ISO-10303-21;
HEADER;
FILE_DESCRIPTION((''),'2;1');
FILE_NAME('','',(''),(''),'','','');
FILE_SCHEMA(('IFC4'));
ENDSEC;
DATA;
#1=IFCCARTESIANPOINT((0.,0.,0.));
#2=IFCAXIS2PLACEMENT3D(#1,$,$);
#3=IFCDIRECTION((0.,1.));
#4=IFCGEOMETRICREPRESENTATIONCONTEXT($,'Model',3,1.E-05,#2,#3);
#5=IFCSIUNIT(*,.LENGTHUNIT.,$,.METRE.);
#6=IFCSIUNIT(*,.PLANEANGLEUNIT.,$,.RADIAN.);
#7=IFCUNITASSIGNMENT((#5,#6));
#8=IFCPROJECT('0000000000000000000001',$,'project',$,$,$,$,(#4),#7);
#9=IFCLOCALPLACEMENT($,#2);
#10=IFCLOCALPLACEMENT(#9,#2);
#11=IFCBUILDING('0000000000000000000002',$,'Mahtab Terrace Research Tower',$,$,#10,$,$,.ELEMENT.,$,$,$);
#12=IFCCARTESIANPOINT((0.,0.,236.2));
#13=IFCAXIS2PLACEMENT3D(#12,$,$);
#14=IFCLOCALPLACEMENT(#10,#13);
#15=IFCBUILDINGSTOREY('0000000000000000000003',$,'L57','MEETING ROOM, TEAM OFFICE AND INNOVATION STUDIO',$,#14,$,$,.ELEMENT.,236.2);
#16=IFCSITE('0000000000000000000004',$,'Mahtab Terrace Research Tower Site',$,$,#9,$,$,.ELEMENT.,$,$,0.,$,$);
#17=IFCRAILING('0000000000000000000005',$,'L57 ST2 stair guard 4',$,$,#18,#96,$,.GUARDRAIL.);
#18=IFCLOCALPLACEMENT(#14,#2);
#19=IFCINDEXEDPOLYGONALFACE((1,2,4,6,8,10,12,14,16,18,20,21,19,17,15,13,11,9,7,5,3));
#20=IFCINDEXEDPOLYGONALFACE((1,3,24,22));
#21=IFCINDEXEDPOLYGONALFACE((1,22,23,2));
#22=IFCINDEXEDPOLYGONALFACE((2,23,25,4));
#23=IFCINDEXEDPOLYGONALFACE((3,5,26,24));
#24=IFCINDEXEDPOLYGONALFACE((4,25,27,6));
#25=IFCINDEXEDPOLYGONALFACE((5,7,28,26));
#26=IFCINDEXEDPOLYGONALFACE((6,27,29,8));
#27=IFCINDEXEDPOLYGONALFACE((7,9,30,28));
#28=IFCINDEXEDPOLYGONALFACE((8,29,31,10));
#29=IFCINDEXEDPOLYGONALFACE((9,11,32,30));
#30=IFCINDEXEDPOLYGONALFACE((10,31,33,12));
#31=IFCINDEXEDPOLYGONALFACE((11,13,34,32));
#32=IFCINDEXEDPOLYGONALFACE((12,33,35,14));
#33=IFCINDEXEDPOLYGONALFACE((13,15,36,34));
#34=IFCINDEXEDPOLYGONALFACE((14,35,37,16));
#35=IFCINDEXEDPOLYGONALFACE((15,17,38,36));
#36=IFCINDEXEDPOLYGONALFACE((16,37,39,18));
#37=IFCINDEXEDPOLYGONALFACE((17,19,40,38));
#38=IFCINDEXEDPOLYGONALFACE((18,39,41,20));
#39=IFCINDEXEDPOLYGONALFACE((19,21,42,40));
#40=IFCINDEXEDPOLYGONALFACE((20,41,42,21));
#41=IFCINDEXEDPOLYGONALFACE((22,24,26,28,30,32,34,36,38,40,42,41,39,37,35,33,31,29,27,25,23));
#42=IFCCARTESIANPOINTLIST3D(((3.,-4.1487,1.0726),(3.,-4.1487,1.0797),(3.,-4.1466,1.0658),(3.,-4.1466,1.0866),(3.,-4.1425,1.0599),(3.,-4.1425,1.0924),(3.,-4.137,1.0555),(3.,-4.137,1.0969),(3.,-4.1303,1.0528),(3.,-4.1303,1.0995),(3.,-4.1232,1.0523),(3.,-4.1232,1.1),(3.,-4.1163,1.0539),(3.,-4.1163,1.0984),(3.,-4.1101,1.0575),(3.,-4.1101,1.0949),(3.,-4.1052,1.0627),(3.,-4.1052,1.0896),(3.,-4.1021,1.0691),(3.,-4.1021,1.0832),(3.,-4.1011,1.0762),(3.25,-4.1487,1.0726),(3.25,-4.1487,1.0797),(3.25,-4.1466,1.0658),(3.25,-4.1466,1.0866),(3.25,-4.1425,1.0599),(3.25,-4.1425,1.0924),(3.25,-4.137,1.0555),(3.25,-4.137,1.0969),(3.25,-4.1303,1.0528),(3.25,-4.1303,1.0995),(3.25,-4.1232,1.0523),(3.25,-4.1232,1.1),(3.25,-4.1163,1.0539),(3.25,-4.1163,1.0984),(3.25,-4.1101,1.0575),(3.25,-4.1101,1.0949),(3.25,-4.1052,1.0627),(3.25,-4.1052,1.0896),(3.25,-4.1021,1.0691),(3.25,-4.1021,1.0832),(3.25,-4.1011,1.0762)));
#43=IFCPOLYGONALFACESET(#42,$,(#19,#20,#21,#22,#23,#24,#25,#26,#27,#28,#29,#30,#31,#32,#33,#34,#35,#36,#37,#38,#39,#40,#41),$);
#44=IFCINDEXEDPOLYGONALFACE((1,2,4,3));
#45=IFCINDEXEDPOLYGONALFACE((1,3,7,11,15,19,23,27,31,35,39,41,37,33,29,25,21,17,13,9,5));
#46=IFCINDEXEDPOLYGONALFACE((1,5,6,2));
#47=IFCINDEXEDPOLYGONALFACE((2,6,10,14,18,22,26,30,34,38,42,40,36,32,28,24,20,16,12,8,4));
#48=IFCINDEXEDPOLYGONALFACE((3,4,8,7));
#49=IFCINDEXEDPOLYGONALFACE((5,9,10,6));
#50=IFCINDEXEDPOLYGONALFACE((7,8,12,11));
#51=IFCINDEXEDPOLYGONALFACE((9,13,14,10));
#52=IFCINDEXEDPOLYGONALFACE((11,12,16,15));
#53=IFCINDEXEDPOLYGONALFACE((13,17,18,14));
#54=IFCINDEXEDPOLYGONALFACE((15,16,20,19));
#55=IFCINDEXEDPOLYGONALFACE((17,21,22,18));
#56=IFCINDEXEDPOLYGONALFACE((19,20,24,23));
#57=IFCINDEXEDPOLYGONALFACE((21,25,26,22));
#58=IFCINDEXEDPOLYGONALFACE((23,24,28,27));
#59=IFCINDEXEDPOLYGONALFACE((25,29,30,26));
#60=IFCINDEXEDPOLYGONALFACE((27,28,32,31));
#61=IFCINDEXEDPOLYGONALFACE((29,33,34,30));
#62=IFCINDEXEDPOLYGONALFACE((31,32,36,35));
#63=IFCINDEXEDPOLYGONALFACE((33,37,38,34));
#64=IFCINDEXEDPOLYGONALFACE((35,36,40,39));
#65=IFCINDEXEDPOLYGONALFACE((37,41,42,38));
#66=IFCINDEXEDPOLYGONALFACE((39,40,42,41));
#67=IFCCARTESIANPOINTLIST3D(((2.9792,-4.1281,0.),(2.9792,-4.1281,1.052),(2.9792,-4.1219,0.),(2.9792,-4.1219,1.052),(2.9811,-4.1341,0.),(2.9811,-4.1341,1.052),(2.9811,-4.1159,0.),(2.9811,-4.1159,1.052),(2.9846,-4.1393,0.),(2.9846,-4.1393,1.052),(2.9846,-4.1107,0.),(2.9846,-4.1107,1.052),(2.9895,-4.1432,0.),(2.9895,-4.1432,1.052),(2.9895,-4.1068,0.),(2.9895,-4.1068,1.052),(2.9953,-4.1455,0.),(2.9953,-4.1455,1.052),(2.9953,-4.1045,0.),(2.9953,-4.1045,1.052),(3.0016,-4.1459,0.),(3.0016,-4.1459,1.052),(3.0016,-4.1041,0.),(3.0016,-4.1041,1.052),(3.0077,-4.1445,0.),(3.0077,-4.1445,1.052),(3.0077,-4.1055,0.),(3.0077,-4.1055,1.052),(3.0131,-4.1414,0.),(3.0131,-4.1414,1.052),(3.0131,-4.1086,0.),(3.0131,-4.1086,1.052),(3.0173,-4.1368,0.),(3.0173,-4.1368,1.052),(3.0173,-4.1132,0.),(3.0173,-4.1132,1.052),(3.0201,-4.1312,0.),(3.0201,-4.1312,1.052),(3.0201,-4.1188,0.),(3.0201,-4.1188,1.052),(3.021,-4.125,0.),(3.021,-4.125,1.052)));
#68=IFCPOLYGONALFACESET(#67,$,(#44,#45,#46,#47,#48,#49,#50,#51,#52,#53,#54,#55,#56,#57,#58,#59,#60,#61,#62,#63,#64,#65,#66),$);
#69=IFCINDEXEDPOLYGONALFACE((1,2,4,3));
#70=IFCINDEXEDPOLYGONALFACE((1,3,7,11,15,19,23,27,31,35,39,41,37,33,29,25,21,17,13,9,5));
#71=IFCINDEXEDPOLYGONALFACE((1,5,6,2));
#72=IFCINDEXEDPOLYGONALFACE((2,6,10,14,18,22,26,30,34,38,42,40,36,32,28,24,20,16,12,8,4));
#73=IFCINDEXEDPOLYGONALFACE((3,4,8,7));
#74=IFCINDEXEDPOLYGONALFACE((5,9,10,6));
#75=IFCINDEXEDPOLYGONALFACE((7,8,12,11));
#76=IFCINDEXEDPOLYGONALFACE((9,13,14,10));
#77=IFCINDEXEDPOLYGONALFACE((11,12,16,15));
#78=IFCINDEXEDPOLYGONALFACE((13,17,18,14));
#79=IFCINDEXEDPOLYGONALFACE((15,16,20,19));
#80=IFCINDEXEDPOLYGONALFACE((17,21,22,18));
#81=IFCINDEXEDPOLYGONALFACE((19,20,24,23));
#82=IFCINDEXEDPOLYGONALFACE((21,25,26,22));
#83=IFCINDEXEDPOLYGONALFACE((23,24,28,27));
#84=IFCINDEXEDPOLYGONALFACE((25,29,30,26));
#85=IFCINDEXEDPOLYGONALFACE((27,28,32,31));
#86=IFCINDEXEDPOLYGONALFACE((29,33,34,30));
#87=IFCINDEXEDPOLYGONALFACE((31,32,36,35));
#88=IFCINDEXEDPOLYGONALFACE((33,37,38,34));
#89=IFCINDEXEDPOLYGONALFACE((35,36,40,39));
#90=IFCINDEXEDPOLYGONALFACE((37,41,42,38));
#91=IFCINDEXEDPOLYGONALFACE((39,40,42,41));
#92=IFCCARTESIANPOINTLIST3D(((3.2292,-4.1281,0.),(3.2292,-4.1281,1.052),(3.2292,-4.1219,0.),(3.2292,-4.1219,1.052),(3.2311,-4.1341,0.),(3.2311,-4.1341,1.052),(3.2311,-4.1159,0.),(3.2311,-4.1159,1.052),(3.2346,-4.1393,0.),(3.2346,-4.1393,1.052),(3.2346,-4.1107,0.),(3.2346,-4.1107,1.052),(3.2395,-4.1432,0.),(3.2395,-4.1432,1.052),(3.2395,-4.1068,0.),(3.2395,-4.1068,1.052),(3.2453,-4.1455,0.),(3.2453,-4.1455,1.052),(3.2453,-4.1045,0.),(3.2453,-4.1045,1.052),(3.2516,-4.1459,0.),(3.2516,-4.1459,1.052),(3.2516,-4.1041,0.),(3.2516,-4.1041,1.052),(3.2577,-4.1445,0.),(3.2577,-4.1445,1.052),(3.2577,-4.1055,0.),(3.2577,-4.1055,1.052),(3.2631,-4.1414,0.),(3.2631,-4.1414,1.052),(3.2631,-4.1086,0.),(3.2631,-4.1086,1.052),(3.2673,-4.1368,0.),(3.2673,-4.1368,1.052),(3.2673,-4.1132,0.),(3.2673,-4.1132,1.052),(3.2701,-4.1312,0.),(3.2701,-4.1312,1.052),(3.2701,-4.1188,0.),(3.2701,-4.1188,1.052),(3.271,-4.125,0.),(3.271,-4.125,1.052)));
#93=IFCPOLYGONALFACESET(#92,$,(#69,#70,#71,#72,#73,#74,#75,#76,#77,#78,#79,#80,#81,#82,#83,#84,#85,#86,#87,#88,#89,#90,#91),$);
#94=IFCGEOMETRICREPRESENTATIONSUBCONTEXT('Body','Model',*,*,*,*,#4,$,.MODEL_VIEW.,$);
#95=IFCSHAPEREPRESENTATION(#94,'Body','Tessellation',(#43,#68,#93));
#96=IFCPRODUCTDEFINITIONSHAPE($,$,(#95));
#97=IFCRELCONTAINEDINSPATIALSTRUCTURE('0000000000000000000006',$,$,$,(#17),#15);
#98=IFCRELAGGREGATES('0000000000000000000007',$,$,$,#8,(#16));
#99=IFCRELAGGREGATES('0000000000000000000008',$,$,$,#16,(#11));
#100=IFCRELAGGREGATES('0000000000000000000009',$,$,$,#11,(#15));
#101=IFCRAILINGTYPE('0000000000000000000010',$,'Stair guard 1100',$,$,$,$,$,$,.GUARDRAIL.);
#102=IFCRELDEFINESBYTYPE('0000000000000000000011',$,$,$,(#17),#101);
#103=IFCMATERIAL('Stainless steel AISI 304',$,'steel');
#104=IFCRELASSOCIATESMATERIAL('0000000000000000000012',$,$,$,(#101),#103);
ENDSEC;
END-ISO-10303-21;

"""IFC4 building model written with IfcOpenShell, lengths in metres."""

from ifc_helpers import new_model, si_unit, direction, frame, origin, origin_2d, place, context, subcontext, project, spatial, circle, extrude, material, type_object, element, save


model = new_model("IFC4")

# Units and contexts
model_context = context("Model", 3, precision=1e-05, world=origin(), true_north=direction((0.0, 1.0)))
body_context = subcontext(model_context, "Body", "Model", "MODEL_VIEW")
ifc_project = project(units=[si_unit("LENGTHUNIT", "METRE"), si_unit("PLANEANGLEUNIT", "RADIAN")], contexts=[model_context])

# Site, building, storey
site_placement = place(None, origin())
site = spatial("IfcSite", under=ifc_project, at=site_placement, Name="Mahtab Terrace Research Tower Site", CompositionType="ELEMENT", RefElevation=0.0)
building_placement = place(site_placement, origin())
building = spatial("IfcBuilding", under=site, at=building_placement, Name="Mahtab Terrace Research Tower", CompositionType="ELEMENT")
storey_placement = place(building_placement, frame((0.0, 0.0, 236.2)))
storey = spatial("IfcBuildingStorey", under=building, at=storey_placement, Name="L57", Description="MEETING ROOM, TEAM OFFICE AND INNOVATION STUDIO", CompositionType="ELEMENT", Elevation=236.2)

# Railing
ifc_material_1 = material(Name="Stainless steel AISI 304", Category="steel")
railing_type_1 = type_object("IfcRailingType", Name="Stair guard 1100", PredefinedType="GUARDRAIL", material=ifc_material_1)
railing_1_placement = place(storey_placement, frame((3.0, -4.125, 0.0)))
element("IfcRailing", 1, at=railing_1_placement, inside=storey, type_object=railing_type_1, Name="L57 ST2 stair guard 4", PredefinedType="GUARDRAIL", context=body_context, shape_type="SweptSolid", body=[
    extrude(circle(Radius=0.0239, at=origin_2d()), frame((0.0, 0.0, 1.0762), z_axis=(1.0, 0.0, 0.0), x_axis=(0.0, 1.0, 0.0)), (0.0, 0.0, 1.0), 0.25),
    extrude(circle(Radius=0.021, at=origin_2d()), origin(), (0.0, 0.0, 1.0), 1.052),
    extrude(circle(Radius=0.021, at=origin_2d()), frame((0.25, 0.0, 0.0)), (0.0, 0.0, 1.0), 1.052),
])

save(model, "model.ifc")
